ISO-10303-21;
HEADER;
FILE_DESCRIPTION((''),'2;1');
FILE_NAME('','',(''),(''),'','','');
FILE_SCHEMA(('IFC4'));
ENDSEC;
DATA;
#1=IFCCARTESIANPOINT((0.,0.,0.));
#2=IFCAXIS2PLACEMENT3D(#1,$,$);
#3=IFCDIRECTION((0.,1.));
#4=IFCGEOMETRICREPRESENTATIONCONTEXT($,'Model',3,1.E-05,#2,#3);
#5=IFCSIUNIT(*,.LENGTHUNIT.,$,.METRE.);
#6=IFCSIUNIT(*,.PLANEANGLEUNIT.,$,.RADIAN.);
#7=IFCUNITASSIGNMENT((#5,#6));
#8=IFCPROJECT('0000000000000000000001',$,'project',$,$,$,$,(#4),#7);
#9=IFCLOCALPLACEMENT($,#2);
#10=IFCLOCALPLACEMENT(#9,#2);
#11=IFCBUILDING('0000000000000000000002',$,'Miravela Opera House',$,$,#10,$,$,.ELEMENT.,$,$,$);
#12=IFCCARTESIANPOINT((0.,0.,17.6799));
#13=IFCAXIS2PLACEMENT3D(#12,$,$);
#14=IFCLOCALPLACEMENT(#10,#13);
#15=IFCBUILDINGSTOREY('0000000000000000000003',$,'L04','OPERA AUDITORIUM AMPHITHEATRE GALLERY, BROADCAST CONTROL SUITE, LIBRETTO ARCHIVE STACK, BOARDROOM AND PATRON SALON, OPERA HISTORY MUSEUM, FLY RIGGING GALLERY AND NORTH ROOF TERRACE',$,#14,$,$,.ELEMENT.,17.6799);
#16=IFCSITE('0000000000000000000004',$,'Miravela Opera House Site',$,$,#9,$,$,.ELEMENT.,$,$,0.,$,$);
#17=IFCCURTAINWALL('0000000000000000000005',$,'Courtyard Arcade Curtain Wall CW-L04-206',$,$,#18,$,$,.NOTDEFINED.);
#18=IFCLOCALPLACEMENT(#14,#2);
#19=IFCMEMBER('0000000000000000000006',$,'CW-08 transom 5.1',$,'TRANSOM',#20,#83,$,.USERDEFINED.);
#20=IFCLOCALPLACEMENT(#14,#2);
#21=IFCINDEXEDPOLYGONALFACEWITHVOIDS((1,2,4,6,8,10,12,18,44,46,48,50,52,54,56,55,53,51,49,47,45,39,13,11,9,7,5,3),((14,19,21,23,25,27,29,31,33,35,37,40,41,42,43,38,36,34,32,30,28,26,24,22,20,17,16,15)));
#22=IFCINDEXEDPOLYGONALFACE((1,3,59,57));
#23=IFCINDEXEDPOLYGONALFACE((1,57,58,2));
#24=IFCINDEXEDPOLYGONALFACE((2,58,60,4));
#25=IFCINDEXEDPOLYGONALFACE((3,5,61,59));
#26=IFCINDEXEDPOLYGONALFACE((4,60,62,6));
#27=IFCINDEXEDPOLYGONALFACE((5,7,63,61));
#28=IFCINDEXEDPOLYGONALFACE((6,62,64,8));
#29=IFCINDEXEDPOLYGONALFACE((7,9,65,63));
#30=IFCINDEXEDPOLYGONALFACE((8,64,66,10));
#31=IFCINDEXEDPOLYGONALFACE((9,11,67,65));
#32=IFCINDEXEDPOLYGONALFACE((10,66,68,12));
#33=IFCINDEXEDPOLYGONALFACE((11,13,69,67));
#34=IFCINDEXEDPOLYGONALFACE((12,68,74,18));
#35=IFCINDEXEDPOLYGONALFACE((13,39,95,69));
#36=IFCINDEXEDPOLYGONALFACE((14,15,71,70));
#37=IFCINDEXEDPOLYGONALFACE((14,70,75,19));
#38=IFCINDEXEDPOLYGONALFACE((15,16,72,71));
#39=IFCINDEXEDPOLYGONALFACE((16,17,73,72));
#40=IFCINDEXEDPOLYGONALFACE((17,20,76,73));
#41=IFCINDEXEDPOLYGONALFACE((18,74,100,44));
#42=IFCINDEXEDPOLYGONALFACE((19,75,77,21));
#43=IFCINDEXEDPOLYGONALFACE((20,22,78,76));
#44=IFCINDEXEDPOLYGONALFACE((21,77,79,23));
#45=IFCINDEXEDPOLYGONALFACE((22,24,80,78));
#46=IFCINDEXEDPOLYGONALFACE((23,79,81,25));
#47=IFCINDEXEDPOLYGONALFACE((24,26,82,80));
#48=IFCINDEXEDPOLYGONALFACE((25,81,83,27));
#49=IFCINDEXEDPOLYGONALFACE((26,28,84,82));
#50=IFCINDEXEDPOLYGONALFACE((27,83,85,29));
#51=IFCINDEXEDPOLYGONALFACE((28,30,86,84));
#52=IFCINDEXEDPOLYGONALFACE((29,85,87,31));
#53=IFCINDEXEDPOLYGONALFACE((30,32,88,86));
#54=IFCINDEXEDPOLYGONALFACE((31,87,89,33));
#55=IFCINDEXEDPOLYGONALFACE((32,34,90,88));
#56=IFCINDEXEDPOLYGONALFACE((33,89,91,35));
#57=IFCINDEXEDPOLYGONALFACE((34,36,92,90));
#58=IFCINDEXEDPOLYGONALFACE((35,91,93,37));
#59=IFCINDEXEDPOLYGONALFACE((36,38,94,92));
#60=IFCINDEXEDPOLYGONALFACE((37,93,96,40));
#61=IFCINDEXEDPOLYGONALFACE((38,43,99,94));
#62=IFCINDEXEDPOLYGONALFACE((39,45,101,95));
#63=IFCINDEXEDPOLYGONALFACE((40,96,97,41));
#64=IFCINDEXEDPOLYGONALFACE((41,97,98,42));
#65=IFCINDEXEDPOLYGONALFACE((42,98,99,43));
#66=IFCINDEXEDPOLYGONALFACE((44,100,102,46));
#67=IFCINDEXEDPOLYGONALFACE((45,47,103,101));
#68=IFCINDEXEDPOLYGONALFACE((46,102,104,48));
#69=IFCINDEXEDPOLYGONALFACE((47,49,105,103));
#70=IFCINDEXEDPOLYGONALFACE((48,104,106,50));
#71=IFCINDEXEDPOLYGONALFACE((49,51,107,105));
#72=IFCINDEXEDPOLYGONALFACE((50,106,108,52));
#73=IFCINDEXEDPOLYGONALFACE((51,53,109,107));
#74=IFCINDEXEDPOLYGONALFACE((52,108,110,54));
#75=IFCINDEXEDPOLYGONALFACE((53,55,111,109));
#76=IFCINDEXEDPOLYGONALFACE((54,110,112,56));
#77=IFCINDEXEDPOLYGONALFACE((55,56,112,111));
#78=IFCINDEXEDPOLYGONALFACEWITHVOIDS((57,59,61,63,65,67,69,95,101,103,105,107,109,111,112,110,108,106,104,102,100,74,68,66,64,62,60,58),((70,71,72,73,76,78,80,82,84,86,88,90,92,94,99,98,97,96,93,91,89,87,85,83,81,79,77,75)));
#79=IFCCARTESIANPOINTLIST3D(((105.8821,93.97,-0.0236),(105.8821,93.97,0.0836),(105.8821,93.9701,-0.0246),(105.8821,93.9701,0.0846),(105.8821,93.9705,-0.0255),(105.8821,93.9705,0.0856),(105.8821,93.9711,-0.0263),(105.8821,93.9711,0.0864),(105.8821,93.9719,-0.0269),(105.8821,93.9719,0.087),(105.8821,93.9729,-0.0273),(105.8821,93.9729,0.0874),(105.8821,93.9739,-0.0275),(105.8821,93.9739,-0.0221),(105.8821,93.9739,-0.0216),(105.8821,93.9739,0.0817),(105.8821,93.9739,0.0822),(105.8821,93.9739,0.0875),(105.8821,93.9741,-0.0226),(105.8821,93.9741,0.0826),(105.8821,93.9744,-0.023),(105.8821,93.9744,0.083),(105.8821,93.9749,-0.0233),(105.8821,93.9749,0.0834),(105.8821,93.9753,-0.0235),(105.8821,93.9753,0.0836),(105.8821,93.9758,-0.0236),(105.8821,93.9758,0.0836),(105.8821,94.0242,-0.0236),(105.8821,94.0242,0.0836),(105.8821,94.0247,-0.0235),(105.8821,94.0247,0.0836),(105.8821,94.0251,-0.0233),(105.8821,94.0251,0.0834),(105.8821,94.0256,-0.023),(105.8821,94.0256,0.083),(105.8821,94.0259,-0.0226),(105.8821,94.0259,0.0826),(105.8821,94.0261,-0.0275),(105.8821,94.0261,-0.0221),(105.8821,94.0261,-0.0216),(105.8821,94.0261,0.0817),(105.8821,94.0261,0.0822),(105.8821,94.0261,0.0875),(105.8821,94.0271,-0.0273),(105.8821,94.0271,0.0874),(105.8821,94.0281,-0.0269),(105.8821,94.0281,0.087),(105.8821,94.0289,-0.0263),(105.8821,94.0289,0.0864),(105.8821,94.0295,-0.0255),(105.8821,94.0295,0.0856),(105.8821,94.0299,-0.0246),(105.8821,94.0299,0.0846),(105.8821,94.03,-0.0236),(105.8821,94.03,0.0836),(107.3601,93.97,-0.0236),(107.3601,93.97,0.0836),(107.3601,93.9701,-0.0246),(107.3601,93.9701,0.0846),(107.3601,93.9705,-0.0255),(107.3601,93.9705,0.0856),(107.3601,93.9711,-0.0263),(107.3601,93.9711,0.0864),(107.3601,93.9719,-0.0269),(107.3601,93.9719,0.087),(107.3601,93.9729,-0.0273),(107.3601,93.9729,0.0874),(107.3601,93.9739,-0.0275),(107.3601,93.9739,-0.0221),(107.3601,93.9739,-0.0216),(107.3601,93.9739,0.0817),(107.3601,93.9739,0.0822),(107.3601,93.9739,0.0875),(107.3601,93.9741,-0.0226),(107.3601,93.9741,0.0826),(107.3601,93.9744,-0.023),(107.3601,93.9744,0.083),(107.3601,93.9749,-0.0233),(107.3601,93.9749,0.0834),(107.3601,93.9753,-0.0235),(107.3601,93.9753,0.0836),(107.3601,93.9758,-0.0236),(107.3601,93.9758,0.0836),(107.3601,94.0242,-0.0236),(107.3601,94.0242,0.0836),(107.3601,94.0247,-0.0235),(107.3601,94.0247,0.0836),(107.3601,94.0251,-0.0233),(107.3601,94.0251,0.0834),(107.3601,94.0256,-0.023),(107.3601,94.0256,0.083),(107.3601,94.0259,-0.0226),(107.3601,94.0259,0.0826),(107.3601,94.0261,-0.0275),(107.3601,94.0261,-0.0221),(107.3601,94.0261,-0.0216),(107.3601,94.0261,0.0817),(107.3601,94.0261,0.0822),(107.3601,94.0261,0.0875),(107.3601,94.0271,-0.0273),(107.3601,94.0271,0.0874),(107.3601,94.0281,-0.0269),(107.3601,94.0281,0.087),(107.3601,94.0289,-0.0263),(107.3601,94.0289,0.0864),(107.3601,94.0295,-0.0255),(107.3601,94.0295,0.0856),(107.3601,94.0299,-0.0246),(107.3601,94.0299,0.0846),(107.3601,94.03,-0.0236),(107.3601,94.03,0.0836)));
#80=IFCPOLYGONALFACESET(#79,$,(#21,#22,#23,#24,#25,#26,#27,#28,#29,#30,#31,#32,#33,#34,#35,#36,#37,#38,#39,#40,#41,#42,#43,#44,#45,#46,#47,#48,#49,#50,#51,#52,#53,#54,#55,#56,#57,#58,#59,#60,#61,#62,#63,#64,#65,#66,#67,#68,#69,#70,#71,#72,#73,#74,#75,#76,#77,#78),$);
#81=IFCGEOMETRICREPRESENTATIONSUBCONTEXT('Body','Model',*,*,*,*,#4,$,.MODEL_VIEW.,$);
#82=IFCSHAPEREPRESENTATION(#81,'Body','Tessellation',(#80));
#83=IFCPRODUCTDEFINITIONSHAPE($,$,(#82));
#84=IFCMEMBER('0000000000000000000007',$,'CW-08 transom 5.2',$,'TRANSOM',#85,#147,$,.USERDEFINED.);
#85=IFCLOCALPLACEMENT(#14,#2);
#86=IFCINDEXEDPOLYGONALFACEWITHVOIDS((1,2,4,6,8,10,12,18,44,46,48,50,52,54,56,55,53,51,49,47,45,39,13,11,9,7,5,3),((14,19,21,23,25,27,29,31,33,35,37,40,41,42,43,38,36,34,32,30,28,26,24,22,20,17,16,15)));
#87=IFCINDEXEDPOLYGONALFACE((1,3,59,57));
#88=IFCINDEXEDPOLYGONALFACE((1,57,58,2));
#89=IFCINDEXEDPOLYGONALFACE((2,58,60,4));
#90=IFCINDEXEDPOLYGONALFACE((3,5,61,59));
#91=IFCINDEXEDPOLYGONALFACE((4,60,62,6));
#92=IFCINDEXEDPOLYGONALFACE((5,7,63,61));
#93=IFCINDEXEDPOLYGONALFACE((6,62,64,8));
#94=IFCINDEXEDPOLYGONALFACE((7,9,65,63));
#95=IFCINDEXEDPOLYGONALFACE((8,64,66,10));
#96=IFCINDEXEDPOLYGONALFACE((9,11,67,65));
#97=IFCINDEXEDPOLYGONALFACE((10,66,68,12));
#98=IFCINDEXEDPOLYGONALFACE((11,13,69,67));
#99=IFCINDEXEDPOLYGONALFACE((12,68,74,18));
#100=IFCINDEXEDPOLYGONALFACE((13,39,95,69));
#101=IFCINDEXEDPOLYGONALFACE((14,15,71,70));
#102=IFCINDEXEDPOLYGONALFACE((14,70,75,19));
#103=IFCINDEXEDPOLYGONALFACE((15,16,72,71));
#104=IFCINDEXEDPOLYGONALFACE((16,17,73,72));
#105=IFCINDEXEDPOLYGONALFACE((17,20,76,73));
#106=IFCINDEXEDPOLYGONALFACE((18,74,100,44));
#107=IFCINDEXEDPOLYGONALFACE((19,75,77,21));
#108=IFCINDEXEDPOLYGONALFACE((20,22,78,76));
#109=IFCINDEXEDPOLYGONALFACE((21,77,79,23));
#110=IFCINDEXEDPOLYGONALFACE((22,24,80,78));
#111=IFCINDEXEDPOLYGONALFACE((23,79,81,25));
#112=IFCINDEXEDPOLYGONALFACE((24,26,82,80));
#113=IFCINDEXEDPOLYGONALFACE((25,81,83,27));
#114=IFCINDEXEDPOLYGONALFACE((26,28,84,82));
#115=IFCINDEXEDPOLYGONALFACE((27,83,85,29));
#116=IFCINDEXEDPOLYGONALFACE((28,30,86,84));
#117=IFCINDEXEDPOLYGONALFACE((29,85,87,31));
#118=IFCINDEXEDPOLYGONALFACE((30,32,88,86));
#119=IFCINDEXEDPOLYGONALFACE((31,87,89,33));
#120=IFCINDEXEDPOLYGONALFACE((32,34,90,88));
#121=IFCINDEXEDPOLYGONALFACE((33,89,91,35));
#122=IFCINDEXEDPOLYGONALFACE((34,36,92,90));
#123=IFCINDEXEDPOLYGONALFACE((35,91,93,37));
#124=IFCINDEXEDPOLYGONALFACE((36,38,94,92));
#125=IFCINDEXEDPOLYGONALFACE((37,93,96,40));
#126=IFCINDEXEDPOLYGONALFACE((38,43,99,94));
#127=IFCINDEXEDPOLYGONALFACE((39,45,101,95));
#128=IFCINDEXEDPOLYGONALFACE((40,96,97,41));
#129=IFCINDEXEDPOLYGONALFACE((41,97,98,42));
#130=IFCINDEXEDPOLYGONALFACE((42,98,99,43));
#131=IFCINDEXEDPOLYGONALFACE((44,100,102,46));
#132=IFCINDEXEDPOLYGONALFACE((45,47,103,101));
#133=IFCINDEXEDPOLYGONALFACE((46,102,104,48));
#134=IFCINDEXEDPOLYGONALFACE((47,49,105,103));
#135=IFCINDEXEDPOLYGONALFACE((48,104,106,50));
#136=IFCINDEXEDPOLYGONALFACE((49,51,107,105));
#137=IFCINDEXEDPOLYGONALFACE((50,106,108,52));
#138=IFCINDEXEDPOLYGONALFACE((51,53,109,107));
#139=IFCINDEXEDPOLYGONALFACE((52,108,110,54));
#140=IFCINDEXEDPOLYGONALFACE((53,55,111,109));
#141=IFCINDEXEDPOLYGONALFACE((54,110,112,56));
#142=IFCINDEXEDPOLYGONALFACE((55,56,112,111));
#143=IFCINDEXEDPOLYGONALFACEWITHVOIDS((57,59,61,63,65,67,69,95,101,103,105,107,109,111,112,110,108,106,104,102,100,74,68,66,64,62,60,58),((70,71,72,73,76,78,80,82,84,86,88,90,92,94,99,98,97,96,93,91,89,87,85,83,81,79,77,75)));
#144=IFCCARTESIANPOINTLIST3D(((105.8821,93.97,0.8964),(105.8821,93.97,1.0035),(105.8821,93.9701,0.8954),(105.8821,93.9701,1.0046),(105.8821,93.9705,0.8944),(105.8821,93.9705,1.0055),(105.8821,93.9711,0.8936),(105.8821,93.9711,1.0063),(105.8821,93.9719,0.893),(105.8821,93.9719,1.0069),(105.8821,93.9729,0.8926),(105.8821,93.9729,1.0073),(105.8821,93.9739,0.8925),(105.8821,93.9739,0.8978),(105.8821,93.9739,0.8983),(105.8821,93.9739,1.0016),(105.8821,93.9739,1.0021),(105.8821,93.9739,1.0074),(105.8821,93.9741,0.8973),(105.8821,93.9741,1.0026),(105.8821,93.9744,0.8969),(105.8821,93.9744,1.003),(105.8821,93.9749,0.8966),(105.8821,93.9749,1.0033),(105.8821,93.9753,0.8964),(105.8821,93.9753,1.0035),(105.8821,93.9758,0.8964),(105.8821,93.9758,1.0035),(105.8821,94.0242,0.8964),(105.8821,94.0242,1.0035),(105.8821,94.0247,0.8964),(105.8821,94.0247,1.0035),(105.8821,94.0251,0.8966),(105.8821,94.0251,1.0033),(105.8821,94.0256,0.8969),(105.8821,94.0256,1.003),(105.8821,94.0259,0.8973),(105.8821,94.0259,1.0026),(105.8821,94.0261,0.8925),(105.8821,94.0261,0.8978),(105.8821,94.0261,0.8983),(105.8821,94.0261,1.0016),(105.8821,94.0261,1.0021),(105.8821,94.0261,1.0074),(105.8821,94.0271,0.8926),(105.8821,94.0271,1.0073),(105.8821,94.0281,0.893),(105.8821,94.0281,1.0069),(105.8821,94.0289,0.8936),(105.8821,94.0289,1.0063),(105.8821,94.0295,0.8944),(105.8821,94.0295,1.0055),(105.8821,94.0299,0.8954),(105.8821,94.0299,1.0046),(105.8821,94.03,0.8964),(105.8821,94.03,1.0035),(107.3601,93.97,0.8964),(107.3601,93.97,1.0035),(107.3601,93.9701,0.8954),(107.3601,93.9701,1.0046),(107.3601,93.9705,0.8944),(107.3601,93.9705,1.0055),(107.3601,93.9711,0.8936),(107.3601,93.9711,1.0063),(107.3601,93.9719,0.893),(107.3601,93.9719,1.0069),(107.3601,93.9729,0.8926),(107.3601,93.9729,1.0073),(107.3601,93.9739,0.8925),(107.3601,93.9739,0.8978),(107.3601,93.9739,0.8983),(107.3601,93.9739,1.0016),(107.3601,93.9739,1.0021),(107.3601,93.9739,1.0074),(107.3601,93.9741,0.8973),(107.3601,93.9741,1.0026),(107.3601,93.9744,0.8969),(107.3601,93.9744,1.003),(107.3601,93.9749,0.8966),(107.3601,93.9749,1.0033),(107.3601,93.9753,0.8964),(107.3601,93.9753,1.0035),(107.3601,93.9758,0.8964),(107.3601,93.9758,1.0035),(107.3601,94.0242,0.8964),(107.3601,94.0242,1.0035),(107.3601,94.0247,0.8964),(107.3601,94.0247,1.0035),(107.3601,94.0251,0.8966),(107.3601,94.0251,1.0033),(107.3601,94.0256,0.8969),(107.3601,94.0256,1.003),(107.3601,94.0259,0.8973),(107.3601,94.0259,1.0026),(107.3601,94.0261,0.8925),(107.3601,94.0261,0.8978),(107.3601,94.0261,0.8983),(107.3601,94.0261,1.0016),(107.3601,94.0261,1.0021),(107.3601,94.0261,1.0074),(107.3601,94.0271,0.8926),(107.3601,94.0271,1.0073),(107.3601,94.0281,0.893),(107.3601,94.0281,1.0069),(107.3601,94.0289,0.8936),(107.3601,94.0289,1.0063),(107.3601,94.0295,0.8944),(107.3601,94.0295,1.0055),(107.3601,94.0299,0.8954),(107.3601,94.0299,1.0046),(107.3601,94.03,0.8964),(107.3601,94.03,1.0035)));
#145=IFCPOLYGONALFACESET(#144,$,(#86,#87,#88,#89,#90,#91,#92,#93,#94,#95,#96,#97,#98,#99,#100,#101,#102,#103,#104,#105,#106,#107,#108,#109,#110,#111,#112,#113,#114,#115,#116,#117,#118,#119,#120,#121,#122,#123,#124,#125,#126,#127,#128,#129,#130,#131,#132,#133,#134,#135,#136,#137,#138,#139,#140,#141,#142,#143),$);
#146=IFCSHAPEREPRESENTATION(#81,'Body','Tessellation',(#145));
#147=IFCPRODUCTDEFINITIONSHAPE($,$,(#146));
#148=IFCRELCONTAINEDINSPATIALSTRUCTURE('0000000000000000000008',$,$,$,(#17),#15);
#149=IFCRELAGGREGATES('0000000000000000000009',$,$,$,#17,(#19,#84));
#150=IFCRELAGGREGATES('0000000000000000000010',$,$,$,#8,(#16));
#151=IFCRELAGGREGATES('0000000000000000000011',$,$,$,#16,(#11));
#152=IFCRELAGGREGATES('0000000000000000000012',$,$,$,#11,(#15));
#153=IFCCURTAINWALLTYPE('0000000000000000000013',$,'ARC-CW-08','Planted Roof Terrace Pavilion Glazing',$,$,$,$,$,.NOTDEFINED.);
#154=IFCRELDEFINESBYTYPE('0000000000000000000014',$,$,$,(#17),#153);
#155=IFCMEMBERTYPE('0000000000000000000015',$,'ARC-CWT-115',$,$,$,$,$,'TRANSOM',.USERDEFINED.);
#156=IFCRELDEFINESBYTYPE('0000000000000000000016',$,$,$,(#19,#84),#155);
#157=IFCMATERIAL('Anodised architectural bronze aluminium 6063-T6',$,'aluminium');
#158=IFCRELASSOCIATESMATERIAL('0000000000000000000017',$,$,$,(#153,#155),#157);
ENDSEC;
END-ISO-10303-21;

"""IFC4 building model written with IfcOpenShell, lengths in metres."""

from ifc_helpers import new_model, si_unit, direction, frame, origin, origin_2d, place, context, subcontext, project, spatial, hollow_rectangle, extrude, material, material_profile, profile_set, type_object, element, aggregate, save


model = new_model("IFC4")

# Units and contexts
model_context = context("Model", 3, precision=1e-05, world=origin(), true_north=direction((0.0, 1.0)))
body_context = subcontext(model_context, "Body", "Model", "MODEL_VIEW")
ifc_project = project(units=[si_unit("LENGTHUNIT", "METRE"), si_unit("PLANEANGLEUNIT", "RADIAN")], contexts=[model_context])

# Site, building, storey
site_placement = place(None, origin())
site = spatial("IfcSite", under=ifc_project, at=site_placement, Name="Miravela Opera House Site", CompositionType="ELEMENT", RefElevation=0.0)
building_placement = place(site_placement, origin())
building = spatial("IfcBuilding", under=site, at=building_placement, Name="Miravela Opera House", CompositionType="ELEMENT")
storey_placement = place(building_placement, frame((0.0, 0.0, 17.6799)))
storey = spatial("IfcBuildingStorey", under=building, at=storey_placement, Name="L04", Description="OPERA AUDITORIUM AMPHITHEATRE GALLERY, BROADCAST CONTROL SUITE, LIBRETTO ARCHIVE STACK, BOARDROOM AND PATRON SALON, OPERA HISTORY MUSEUM, FLY RIGGING GALLERY AND NORTH ROOF TERRACE", CompositionType="ELEMENT", Elevation=17.6799)

# Curtain wall, members
ifc_material_1 = material(Name="Anodised architectural bronze aluminium 6063-T6", Category="aluminium")
curtain_wall_type = type_object("IfcCurtainWallType", Name="ARC-CW-08", Description="Planted Roof Terrace Pavilion Glazing", PredefinedType="NOTDEFINED", material=ifc_material_1)
curtain_wall_placement = place(storey_placement, origin())
curtain_wall = element("IfcCurtainWall", 1, at=curtain_wall_placement, inside=storey, type_object=curtain_wall_type, Name="Courtyard Arcade Curtain Wall CW-L04-206", PredefinedType="NOTDEFINED")
ifc_material_profile_1 = material_profile(ifc_material_1, hollow_rectangle(XDim=0.0601, YDim=0.115, WallThickness=0.0039, InnerFilletRadius=0.002, OuterFilletRadius=0.0039, at=origin_2d()), Name="CWT-60X115")
ifc_profile_set_1 = profile_set([ifc_material_profile_1])
member_type_1 = type_object("IfcMemberType", Name="ARC-CWT-115", ElementType="TRANSOM", PredefinedType="USERDEFINED", material=ifc_profile_set_1)
member_1_placement = place(storey_placement, frame((105.8821, 94.0, 0.03), z_axis=(1.0, 0.0, 0.0), x_axis=(0.0, 1.0, 0.0)))
member_1 = element("IfcMember", 2, at=member_1_placement, type_object=member_type_1, Name="CW-08 transom 5.1", ObjectType="TRANSOM", PredefinedType="USERDEFINED", context=body_context, shape_type="SweptSolid", body=[
    extrude(hollow_rectangle(XDim=0.0601, YDim=0.115, WallThickness=0.0039, InnerFilletRadius=0.002, OuterFilletRadius=0.0039, at=origin_2d()), origin(), (0.0, 0.0, 1.0), 1.478),
])
member_2_placement = place(storey_placement, frame((105.8821, 94.0, 0.95), z_axis=(1.0, 0.0, 0.0), x_axis=(0.0, 1.0, 0.0)))
member_2 = element("IfcMember", 3, at=member_2_placement, type_object=member_type_1, Name="CW-08 transom 5.2", ObjectType="TRANSOM", PredefinedType="USERDEFINED", context=body_context, shape_type="SweptSolid", body=[
    extrude(hollow_rectangle(XDim=0.0601, YDim=0.115, WallThickness=0.0039, InnerFilletRadius=0.002, OuterFilletRadius=0.0039, at=origin_2d()), origin(), (0.0, 0.0, 1.0), 1.478),
])

aggregate(curtain_wall, [member_1, member_2])

save(model, "model.ifc")
